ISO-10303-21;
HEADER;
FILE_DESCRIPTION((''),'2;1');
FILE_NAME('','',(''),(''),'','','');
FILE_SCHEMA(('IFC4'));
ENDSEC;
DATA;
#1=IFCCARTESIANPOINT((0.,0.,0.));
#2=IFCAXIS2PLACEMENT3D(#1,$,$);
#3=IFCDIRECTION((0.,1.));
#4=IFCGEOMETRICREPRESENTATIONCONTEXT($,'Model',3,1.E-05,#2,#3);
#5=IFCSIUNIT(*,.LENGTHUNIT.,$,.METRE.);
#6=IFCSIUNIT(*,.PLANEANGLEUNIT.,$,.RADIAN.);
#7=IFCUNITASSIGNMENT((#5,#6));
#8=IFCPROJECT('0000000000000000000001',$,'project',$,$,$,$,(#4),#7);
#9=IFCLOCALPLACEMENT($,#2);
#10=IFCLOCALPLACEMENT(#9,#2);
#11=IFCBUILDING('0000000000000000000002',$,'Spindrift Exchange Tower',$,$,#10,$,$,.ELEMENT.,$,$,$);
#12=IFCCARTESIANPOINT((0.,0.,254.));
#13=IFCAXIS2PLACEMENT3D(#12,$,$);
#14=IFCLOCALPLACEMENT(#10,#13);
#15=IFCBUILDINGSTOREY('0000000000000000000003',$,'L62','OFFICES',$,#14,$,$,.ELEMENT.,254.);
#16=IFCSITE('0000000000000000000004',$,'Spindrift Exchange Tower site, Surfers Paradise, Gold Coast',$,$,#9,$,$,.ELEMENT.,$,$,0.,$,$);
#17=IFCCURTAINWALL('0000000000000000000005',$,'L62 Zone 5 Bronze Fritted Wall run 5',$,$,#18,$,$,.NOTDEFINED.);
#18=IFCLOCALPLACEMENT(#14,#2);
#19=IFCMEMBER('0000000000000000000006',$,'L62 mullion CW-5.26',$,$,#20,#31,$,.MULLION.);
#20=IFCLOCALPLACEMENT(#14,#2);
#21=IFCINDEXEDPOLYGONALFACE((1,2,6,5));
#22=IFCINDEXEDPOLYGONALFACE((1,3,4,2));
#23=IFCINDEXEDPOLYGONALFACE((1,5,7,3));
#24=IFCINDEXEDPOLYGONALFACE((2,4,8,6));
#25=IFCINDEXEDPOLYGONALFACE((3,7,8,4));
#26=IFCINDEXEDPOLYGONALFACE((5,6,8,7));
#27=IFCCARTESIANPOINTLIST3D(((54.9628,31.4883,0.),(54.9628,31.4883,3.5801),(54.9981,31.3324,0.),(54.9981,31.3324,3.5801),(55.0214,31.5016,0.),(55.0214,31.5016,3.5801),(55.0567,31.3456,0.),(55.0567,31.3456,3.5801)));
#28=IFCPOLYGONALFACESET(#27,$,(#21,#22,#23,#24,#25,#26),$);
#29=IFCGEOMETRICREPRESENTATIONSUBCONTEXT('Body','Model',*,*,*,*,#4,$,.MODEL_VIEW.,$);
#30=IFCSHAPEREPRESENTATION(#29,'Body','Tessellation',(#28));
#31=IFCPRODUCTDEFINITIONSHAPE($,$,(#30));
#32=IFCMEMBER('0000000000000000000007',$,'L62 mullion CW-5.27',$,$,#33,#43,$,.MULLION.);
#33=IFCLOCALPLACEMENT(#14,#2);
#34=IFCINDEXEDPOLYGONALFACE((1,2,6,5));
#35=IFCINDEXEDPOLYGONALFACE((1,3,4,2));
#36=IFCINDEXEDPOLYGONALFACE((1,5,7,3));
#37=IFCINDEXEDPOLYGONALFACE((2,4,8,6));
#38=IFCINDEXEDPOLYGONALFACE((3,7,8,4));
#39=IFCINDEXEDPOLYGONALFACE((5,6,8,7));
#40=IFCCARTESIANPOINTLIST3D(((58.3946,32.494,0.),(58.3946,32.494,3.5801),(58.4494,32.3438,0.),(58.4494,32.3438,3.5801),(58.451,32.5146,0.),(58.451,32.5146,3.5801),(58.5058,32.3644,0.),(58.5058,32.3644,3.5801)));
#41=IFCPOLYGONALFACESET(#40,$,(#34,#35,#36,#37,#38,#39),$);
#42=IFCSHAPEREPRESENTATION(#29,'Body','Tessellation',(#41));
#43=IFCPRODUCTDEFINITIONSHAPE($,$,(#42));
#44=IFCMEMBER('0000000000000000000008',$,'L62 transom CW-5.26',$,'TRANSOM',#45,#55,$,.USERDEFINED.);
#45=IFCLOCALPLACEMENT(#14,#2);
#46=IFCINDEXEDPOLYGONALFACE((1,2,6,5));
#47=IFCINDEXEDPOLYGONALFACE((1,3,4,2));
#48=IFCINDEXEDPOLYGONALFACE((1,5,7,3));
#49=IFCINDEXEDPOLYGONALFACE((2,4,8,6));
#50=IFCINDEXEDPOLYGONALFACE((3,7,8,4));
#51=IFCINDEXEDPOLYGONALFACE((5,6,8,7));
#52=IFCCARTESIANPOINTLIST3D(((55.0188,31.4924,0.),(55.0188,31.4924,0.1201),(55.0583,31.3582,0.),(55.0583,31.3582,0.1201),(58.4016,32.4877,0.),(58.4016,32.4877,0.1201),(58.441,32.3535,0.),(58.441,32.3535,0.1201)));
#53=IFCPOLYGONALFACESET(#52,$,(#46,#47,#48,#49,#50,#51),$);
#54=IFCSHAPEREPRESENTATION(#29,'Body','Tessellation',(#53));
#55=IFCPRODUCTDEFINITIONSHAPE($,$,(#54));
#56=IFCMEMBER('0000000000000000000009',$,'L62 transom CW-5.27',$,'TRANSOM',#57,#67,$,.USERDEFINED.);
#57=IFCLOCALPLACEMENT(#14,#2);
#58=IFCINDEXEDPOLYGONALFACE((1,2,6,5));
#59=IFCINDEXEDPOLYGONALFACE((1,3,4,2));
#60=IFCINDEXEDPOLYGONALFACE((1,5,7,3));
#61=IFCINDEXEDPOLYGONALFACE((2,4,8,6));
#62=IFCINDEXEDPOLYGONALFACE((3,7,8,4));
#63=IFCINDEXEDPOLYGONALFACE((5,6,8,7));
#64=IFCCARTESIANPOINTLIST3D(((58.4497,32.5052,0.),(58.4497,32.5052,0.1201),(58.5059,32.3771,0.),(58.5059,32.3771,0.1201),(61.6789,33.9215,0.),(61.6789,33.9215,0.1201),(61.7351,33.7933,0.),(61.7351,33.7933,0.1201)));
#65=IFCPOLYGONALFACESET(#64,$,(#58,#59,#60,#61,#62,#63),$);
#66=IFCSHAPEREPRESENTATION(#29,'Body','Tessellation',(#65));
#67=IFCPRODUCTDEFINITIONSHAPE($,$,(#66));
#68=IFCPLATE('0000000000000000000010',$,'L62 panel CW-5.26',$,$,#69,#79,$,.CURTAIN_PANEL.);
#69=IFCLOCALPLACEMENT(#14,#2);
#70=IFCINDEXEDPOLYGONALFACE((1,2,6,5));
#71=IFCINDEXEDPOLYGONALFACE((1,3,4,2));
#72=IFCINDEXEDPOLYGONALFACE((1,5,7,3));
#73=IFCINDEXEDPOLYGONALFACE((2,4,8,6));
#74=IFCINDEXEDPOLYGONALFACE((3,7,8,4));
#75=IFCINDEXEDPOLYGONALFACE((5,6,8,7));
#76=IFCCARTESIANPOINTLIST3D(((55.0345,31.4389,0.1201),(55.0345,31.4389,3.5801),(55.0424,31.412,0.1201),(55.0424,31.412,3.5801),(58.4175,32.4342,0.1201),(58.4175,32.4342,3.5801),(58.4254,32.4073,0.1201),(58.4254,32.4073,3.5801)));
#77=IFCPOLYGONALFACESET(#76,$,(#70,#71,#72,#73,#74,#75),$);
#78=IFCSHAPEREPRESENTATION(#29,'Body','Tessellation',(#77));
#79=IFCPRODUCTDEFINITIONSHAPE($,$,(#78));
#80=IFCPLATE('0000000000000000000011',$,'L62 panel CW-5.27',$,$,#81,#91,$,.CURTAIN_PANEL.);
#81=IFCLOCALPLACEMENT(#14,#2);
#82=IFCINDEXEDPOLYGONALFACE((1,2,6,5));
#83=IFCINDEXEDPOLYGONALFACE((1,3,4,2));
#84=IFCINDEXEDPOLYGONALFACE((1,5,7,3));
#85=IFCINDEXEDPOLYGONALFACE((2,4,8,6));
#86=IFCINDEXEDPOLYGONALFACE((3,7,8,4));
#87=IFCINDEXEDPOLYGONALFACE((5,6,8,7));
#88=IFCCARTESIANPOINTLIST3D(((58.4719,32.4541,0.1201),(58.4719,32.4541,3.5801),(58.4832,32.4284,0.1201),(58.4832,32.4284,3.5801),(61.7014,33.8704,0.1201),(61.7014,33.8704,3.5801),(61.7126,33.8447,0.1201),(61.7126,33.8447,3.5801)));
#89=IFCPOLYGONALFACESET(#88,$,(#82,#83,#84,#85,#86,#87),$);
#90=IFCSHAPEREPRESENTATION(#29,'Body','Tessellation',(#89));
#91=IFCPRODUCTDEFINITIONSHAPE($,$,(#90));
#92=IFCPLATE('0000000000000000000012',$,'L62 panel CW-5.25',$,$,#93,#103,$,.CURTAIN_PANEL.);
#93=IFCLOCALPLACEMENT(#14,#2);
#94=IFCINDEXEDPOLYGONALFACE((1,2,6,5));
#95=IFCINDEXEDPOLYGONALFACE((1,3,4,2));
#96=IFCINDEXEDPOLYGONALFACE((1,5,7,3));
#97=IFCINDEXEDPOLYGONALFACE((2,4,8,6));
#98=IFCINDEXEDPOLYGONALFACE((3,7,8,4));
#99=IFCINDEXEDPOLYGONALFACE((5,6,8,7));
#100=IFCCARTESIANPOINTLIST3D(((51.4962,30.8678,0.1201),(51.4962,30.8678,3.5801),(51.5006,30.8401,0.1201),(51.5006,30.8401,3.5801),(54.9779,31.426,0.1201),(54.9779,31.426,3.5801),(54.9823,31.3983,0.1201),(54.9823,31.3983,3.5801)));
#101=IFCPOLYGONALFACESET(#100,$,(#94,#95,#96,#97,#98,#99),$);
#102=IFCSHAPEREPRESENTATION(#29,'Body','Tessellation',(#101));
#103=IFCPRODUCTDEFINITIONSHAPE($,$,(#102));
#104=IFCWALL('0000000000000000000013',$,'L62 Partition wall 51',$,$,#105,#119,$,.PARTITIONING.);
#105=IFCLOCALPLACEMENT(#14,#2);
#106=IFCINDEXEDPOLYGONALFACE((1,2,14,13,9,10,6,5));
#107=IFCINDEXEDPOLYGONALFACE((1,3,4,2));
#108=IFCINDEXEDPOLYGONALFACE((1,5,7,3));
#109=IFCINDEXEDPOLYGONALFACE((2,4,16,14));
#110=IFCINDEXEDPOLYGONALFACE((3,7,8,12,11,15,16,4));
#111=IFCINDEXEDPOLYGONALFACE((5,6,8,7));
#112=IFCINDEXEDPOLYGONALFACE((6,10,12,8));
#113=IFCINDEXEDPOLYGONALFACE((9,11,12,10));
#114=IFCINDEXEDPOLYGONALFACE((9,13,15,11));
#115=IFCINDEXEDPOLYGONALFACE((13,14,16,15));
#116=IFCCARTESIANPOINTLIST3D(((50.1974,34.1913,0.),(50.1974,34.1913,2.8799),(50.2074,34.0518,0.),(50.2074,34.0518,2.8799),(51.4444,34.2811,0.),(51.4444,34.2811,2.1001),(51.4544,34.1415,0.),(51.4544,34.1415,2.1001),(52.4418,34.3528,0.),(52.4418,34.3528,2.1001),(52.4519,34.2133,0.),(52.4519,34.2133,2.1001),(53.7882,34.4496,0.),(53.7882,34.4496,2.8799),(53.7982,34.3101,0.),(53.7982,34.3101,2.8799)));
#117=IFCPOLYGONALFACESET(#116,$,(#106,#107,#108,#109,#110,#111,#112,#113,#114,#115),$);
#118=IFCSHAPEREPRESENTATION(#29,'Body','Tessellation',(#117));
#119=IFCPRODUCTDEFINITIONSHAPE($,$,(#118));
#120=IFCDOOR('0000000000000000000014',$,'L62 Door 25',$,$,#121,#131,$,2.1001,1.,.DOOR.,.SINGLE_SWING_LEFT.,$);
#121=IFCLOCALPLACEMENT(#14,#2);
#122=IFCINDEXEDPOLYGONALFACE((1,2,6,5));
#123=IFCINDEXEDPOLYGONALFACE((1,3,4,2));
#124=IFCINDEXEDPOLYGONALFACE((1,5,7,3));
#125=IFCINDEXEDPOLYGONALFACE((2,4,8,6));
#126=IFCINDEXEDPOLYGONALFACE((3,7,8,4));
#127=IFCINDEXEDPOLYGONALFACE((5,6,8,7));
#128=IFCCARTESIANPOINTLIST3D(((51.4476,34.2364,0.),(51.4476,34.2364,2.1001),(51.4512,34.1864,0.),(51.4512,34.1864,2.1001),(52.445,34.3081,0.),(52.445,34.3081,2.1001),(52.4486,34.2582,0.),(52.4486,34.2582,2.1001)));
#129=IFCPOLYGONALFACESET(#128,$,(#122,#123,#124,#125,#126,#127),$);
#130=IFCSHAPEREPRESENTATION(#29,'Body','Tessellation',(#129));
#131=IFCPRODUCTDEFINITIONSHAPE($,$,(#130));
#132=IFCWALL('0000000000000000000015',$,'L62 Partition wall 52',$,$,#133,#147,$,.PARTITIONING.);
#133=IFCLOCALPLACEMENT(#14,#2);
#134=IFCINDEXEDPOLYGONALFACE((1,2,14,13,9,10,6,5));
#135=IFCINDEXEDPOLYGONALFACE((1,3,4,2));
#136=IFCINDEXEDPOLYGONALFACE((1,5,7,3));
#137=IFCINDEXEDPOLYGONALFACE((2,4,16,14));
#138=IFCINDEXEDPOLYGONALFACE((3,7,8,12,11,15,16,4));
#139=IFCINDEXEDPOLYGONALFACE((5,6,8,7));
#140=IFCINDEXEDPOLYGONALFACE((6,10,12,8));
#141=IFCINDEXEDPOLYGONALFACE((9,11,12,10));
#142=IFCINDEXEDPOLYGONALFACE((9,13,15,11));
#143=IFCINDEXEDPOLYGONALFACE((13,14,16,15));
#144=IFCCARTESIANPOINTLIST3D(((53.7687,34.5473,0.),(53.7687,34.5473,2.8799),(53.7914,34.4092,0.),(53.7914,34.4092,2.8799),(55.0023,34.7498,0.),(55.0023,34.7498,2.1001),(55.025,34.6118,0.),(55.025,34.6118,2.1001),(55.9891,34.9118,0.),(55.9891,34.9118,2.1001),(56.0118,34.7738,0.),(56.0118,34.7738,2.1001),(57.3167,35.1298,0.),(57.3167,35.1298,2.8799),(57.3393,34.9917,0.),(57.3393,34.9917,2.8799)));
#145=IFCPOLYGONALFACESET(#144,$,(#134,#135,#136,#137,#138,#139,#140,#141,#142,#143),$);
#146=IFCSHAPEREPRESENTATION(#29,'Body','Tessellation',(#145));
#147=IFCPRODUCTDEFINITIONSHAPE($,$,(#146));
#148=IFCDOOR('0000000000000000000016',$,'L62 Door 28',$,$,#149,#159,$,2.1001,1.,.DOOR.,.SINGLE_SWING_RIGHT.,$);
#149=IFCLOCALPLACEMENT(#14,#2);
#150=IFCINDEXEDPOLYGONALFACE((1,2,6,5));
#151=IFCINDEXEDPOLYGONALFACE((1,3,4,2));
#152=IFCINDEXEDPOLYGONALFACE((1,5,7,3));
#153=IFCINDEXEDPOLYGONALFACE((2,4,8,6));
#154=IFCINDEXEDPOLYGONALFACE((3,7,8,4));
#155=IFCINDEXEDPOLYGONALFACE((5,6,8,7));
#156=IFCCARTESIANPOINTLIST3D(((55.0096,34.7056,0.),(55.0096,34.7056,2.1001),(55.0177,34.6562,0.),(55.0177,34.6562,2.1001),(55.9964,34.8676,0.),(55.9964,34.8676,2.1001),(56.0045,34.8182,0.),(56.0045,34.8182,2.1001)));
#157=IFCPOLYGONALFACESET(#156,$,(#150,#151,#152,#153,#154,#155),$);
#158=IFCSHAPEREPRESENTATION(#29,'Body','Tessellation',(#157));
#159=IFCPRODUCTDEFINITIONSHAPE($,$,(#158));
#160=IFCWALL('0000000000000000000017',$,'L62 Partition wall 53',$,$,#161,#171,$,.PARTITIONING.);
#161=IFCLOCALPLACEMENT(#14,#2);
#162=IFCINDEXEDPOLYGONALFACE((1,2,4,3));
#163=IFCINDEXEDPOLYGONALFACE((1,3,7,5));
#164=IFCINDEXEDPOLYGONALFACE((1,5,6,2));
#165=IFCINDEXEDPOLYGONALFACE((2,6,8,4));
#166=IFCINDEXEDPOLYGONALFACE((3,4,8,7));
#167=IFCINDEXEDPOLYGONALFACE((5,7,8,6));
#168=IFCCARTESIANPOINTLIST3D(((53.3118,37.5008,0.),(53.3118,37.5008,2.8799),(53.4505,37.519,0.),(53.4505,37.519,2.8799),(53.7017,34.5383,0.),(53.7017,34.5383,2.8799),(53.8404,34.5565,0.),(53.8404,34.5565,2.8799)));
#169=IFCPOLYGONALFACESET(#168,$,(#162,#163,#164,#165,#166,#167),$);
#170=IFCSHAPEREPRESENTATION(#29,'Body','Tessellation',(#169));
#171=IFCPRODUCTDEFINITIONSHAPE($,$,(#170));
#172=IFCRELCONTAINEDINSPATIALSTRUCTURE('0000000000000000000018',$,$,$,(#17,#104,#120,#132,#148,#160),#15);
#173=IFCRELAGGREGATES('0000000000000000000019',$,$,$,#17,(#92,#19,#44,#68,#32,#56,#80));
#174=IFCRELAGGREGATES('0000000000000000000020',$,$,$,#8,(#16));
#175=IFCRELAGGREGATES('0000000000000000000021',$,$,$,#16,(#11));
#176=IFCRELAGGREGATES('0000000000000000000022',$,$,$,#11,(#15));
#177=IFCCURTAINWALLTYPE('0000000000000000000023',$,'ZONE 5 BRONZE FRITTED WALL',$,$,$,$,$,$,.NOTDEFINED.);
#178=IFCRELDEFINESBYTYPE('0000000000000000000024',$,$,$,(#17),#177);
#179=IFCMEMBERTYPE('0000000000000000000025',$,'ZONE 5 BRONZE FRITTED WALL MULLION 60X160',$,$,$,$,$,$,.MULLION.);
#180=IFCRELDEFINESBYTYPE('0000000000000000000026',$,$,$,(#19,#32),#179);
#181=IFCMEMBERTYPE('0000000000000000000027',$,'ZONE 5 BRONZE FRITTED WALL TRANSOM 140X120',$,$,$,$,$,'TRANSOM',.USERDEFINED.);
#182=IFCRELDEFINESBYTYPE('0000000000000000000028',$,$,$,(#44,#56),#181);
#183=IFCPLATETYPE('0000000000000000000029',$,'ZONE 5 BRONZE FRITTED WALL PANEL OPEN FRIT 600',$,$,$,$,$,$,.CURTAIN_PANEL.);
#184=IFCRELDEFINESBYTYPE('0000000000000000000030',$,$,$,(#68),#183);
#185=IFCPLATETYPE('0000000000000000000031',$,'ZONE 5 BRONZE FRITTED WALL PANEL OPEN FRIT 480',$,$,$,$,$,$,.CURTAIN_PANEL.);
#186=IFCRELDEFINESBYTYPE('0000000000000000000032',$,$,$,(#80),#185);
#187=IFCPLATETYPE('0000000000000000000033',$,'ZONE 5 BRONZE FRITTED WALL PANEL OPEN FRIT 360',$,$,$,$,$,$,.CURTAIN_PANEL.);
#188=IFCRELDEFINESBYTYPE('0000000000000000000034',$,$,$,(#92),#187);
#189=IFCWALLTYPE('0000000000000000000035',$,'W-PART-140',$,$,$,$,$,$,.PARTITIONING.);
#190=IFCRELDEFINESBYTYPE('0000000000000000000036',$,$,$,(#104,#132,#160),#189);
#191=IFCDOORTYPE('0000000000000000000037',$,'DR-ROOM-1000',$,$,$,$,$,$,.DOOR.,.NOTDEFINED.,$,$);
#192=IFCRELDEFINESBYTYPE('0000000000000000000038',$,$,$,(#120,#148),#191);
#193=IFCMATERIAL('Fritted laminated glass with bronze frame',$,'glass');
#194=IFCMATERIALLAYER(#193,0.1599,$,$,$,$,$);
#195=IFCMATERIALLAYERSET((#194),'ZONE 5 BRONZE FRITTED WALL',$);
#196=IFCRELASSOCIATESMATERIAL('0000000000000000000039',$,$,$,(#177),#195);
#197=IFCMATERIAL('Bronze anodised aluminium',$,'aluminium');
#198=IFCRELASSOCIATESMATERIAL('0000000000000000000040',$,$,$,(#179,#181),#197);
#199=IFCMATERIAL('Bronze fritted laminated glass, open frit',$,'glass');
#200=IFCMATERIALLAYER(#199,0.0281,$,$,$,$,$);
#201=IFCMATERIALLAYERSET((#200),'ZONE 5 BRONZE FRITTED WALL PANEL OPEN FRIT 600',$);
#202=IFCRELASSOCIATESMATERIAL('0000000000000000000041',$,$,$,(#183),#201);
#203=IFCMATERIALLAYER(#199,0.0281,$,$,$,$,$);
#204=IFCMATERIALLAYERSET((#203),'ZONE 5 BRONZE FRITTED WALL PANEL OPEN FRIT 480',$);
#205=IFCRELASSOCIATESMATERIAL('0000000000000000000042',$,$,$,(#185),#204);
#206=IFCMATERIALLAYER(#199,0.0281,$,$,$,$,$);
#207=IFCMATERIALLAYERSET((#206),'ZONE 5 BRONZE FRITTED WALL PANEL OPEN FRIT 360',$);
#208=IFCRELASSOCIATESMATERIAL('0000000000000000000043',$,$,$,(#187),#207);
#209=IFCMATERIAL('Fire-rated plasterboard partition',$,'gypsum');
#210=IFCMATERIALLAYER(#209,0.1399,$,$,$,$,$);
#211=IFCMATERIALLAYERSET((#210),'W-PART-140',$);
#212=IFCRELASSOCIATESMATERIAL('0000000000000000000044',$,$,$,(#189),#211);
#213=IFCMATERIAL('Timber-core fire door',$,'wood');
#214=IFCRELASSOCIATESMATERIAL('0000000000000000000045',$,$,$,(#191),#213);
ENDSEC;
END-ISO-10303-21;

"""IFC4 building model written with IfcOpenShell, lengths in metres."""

from ifc_helpers import new_model, si_unit, direction, frame, frame_2d, origin, origin_2d, place, context, subcontext, project, spatial, rectangle, extrude, source, transform, mapped, material, layer, layer_set, material_profile, profile_set, type_object, element, fill, aggregate, save


model = new_model("IFC4")

# Units and contexts
model_context = context("Model", 3, precision=1e-05, world=origin(), true_north=direction((0.0, 1.0)))
body_context = subcontext(model_context, "Body", "Model", "MODEL_VIEW")
ifc_project = project(units=[si_unit("LENGTHUNIT", "METRE"), si_unit("PLANEANGLEUNIT", "RADIAN")], contexts=[model_context])

# Site, building, storey
site_placement = place(None, origin())
site = spatial("IfcSite", under=ifc_project, at=site_placement, Name="Spindrift Exchange Tower site, Surfers Paradise, Gold Coast", CompositionType="ELEMENT", RefElevation=0.0)
building_placement = place(site_placement, origin())
building = spatial("IfcBuilding", under=site, at=building_placement, Name="Spindrift Exchange Tower", CompositionType="ELEMENT")
storey_placement = place(building_placement, frame((0.0, 0.0, 254.0)))
storey = spatial("IfcBuildingStorey", under=building, at=storey_placement, Name="L62", Description="OFFICES", CompositionType="ELEMENT", Elevation=254.0)

# Curtain wall, members, plates
ifc_material_1 = material(Name="Fritted laminated glass with bronze frame", Category="glass")
ifc_layer_1 = layer(ifc_material_1, 0.1599)
ifc_layer_set_1 = layer_set([ifc_layer_1], Name="ZONE 5 BRONZE FRITTED WALL")
curtain_wall_type = type_object("IfcCurtainWallType", Name="ZONE 5 BRONZE FRITTED WALL", PredefinedType="NOTDEFINED", material=ifc_layer_set_1)
curtain_wall_placement = place(storey_placement, origin())
curtain_wall = element("IfcCurtainWall", 1, at=curtain_wall_placement, inside=storey, type_object=curtain_wall_type, Name="L62 Zone 5 Bronze Fritted Wall run 5", PredefinedType="NOTDEFINED")
ifc_material_2 = material(Name="Bronze anodised aluminium", Category="aluminium")
ifc_material_profile_1 = material_profile(ifc_material_2, rectangle(XDim=0.0601, YDim=0.1599, at=origin_2d()), Name="ZONE 5 BRONZE FRITTED WALL MULLION 60X160")
ifc_profile_set_1 = profile_set([ifc_material_profile_1], Name="Bronze anodised aluminium")
member_type_1 = type_object("IfcMemberType", Name="ZONE 5 BRONZE FRITTED WALL MULLION 60X160", PredefinedType="MULLION", material=ifc_profile_set_1)
shared_shape_1 = source(origin(), body_context, "Body", "SweptSolid", [
    extrude(rectangle(XDim=0.0601, YDim=0.1599, at=origin_2d()), origin(), (0.0, 0.0, 1.0), 3.5801),
])
member_1_placement = place(storey_placement, frame((55.0098, 31.417, 0.0), z_axis=(0.0, 0.0, 1.0), x_axis=(0.975338, 0.220716, 0.0)))
member_1 = element("IfcMember", 2, at=member_1_placement, type_object=member_type_1, Name="L62 mullion CW-5.26", PredefinedType="MULLION", context=body_context, shape_type="MappedRepresentation", body=[
    mapped(shared_shape_1, transform((0.0, 0.0, 0.0), scale=1.0)),
])
member_2_placement = place(storey_placement, frame((58.4502, 32.4292, 0.0), z_axis=(0.0, 0.0, 1.0), x_axis=(0.939469, 0.342634, 0.0)))
member_2 = element("IfcMember", 3, at=member_2_placement, type_object=member_type_1, Name="L62 mullion CW-5.27", PredefinedType="MULLION", context=body_context, shape_type="MappedRepresentation", body=[
    mapped(shared_shape_1, transform((0.0, 0.0, 0.0), scale=1.0)),
])
ifc_material_profile_2 = material_profile(ifc_material_2, rectangle(XDim=0.1399, YDim=0.1201, at=origin_2d()), Name="ZONE 5 BRONZE FRITTED WALL TRANSOM 140X120")
ifc_profile_set_2 = profile_set([ifc_material_profile_2], Name="Bronze anodised aluminium")
member_type_2 = type_object("IfcMemberType", Name="ZONE 5 BRONZE FRITTED WALL TRANSOM 140X120", ElementType="TRANSOM", PredefinedType="USERDEFINED", material=ifc_profile_set_2)
shared_shape_2 = source(origin(), body_context, "Body", "SweptSolid", [
    extrude(rectangle(XDim=0.1399, YDim=0.1201, at=origin_2d()), origin(), (0.0, 0.0, 1.0), 3.5261),
])
member_3_placement = place(storey_placement, frame((55.0386, 31.4253, 0.0601), z_axis=(0.959334, 0.282275, 0.0), x_axis=(-0.282275, 0.959334, 0.0)))
member_3 = element("IfcMember", 4, at=member_3_placement, type_object=member_type_2, Name="L62 transom CW-5.26", ObjectType="TRANSOM", PredefinedType="USERDEFINED", context=body_context, shape_type="MappedRepresentation", body=[
    mapped(shared_shape_2, transform((0.0, 0.0, 0.0), scale=1.0)),
])
member_4_placement = place(storey_placement, frame((58.4778, 32.4412, 0.0601), z_axis=(0.915796, 0.401643, 0.0), x_axis=(-0.401643, 0.915796, 0.0)))
member_4 = element("IfcMember", 5, at=member_4_placement, type_object=member_type_2, Name="L62 transom CW-5.27", ObjectType="TRANSOM", PredefinedType="USERDEFINED", context=body_context, shape_type="MappedRepresentation", body=[
    mapped(shared_shape_2, transform((0.0, 0.0, 0.0), scale=1.0)),
])
ifc_material_3 = material(Name="Bronze fritted laminated glass, open frit", Category="glass")
ifc_layer_2 = layer(ifc_material_3, 0.0281)
ifc_layer_set_2 = layer_set([ifc_layer_2], Name="ZONE 5 BRONZE FRITTED WALL PANEL OPEN FRIT 600")
plate_type_1 = type_object("IfcPlateType", Name="ZONE 5 BRONZE FRITTED WALL PANEL OPEN FRIT 600", PredefinedType="CURTAIN_PANEL", material=ifc_layer_set_2)
shared_shape_3 = source(origin(), body_context, "Body", "SweptSolid", [
    extrude(rectangle(XDim=3.5264, YDim=0.0281, at=origin_2d()), origin(), (0.0, 0.0, 1.0), 3.46),
])
plate_1_placement = place(storey_placement, frame((56.73, 31.9231, 0.1201), z_axis=(0.0, 0.0, 1.0), x_axis=(0.959344, 0.282241, 0.0)))
plate_1 = element("IfcPlate", 6, at=plate_1_placement, type_object=plate_type_1, Name="L62 panel CW-5.26", PredefinedType="CURTAIN_PANEL", context=body_context, shape_type="MappedRepresentation", body=[
    mapped(shared_shape_3, transform((0.0, 0.0, 0.0), scale=1.0)),
])
ifc_layer_3 = layer(ifc_material_3, 0.0281)
ifc_layer_set_3 = layer_set([ifc_layer_3], Name="ZONE 5 BRONZE FRITTED WALL PANEL OPEN FRIT 480")
plate_type_2 = type_object("IfcPlateType", Name="ZONE 5 BRONZE FRITTED WALL PANEL OPEN FRIT 480", PredefinedType="CURTAIN_PANEL", material=ifc_layer_set_3)
shared_shape_4 = source(origin(), body_context, "Body", "SweptSolid", [
    extrude(rectangle(XDim=3.5264, YDim=0.0281, at=origin_2d()), origin(), (0.0, 0.0, 1.0), 3.46),
])
plate_2_placement = place(storey_placement, frame((60.0923, 33.1494, 0.1201), z_axis=(0.0, 0.0, 1.0), x_axis=(0.915797, 0.401643, 0.0)))
plate_2 = element("IfcPlate", 7, at=plate_2_placement, type_object=plate_type_2, Name="L62 panel CW-5.27", PredefinedType="CURTAIN_PANEL", context=body_context, shape_type="MappedRepresentation", body=[
    mapped(shared_shape_4, transform((0.0, 0.0, 0.0), scale=1.0)),
])
ifc_layer_4 = layer(ifc_material_3, 0.0281)
ifc_layer_set_4 = layer_set([ifc_layer_4], Name="ZONE 5 BRONZE FRITTED WALL PANEL OPEN FRIT 360")
plate_type_3 = type_object("IfcPlateType", Name="ZONE 5 BRONZE FRITTED WALL PANEL OPEN FRIT 360", PredefinedType="CURTAIN_PANEL", material=ifc_layer_set_4)
shared_shape_5 = source(origin(), body_context, "Body", "SweptSolid", [
    extrude(rectangle(XDim=3.5261, YDim=0.0281, at=origin_2d()), origin(), (0.0, 0.0, 1.0), 3.46),
])
plate_3_placement = place(storey_placement, frame((53.2393, 31.1331, 0.1201), z_axis=(0.0, 0.0, 1.0), x_axis=(0.987391, 0.158301, 0.0)))
plate_3 = element("IfcPlate", 8, at=plate_3_placement, type_object=plate_type_3, Name="L62 panel CW-5.25", PredefinedType="CURTAIN_PANEL", context=body_context, shape_type="MappedRepresentation", body=[
    mapped(shared_shape_5, transform((0.0, 0.0, 0.0), scale=1.0)),
])
aggregate(curtain_wall, [plate_3, member_1, member_3, plate_1, member_2, member_4, plate_2])

# Walls, openings, doors
ifc_material_4 = material(Name="Fire-rated plasterboard partition", Category="gypsum")
ifc_layer_5 = layer(ifc_material_4, 0.1399)
ifc_layer_set_5 = layer_set([ifc_layer_5], Name="W-PART-140")
wall_type = type_object("IfcWallType", Name="W-PART-140", PredefinedType="PARTITIONING", material=ifc_layer_set_5)
wall_1_placement = place(storey_placement, frame((53.7932, 34.3799, 0.0), z_axis=(0.0, 0.0, 1.0), x_axis=(-0.997423, -0.071748, 0.0)))
wall_1 = element("IfcWall", 9, at=wall_1_placement, inside=storey, type_object=wall_type, Name="L62 Partition wall 51", PredefinedType="PARTITIONING", context=body_context, shape_type="SweptSolid", body=[
    extrude(rectangle(XDim=3.6001, YDim=0.1399, at=frame_2d((1.8, 0.0))), origin(), (0.0, 0.0, 1.0), 2.8799),
])
opening_1_placement = place(wall_1_placement, frame((1.3499, 0.0, 0.0)))
opening_1 = element("IfcOpeningElement", 10, at=opening_1_placement, cuts=wall_1, PredefinedType="OPENING", context=body_context, shape_type="SweptSolid", body=[
    extrude(rectangle(XDim=1.0, YDim=2.1001, at=frame_2d((0.5, 1.05))), frame((0.0, 0.0798, 0.0), z_axis=(0.0, -1.0, 0.0), x_axis=(1.0, 0.0, 0.0)), (0.0, 0.0, 1.0), 0.1599),
])
ifc_material_5 = material(Name="Timber-core fire door", Category="wood")
door_type = type_object("IfcDoorType", Name="DR-ROOM-1000", OperationType="NOTDEFINED", PredefinedType="DOOR", material=ifc_material_5)
shared_shape_6 = source(origin(), body_context, "Body", "SweptSolid", [
    extrude(rectangle(XDim=1.0, YDim=2.1001, at=frame_2d((0.5, 1.05))), frame((0.0, 0.0249, 0.0), z_axis=(0.0, -1.0, 0.0), x_axis=(1.0, 0.0, 0.0)), (0.0, 0.0, 1.0), 0.05),
])
door_1_placement = place(opening_1_placement, origin())
door_1 = element("IfcDoor", 11, at=door_1_placement, inside=storey, type_object=door_type, Name="L62 Door 25", OperationType="SINGLE_SWING_LEFT", OverallHeight=2.1001, OverallWidth=1.0, PredefinedType="DOOR", context=body_context, shape_type="MappedRepresentation", body=[
    mapped(shared_shape_6, transform((0.0, 0.0, 0.0), scale=1.0)),
])
fill(opening_1, door_1)
wall_2_placement = place(storey_placement, frame((57.3281, 35.0608, 0.0), z_axis=(0.0, 0.0, 1.0), x_axis=(-0.986787, -0.16202, 0.0)))
wall_2 = element("IfcWall", 12, at=wall_2_placement, inside=storey, type_object=wall_type, Name="L62 Partition wall 52", PredefinedType="PARTITIONING", context=body_context, shape_type="SweptSolid", body=[
    extrude(rectangle(XDim=3.5955, YDim=0.1399, at=frame_2d((1.7979, 0.0))), origin(), (0.0, 0.0, 1.0), 2.8799),
])
opening_2_placement = place(wall_2_placement, frame((1.3455, 0.0, 0.0)))
opening_2 = element("IfcOpeningElement", 13, at=opening_2_placement, cuts=wall_2, PredefinedType="OPENING", context=body_context, shape_type="SweptSolid", body=[
    extrude(rectangle(XDim=1.0, YDim=2.1001, at=frame_2d((0.5, 1.05))), frame((0.0, 0.0798, 0.0), z_axis=(0.0, -1.0, 0.0), x_axis=(1.0, 0.0, 0.0)), (0.0, 0.0, 1.0), 0.1599),
])
door_2_placement = place(opening_2_placement, origin())
door_2 = element("IfcDoor", 14, at=door_2_placement, inside=storey, type_object=door_type, Name="L62 Door 28", OperationType="SINGLE_SWING_RIGHT", OverallHeight=2.1001, OverallWidth=1.0, PredefinedType="DOOR", context=body_context, shape_type="MappedRepresentation", body=[
    mapped(shared_shape_6, transform((0.0, 0.0, 0.0), scale=1.0)),
])
fill(opening_2, door_2)

# Wall
wall_3_placement = place(storey_placement, frame((53.3811, 37.51, 0.0), z_axis=(0.0, 0.0, 1.0), x_axis=(0.130488, -0.99145, 0.0)))
element("IfcWall", 15, at=wall_3_placement, inside=storey, type_object=wall_type, Name="L62 Partition wall 53", PredefinedType="PARTITIONING", context=body_context, shape_type="SweptSolid", body=[
    extrude(rectangle(XDim=2.988, YDim=0.1399, at=frame_2d((1.4941, 0.0))), origin(), (0.0, 0.0, 1.0), 2.8799),
])

save(model, "model.ifc")
